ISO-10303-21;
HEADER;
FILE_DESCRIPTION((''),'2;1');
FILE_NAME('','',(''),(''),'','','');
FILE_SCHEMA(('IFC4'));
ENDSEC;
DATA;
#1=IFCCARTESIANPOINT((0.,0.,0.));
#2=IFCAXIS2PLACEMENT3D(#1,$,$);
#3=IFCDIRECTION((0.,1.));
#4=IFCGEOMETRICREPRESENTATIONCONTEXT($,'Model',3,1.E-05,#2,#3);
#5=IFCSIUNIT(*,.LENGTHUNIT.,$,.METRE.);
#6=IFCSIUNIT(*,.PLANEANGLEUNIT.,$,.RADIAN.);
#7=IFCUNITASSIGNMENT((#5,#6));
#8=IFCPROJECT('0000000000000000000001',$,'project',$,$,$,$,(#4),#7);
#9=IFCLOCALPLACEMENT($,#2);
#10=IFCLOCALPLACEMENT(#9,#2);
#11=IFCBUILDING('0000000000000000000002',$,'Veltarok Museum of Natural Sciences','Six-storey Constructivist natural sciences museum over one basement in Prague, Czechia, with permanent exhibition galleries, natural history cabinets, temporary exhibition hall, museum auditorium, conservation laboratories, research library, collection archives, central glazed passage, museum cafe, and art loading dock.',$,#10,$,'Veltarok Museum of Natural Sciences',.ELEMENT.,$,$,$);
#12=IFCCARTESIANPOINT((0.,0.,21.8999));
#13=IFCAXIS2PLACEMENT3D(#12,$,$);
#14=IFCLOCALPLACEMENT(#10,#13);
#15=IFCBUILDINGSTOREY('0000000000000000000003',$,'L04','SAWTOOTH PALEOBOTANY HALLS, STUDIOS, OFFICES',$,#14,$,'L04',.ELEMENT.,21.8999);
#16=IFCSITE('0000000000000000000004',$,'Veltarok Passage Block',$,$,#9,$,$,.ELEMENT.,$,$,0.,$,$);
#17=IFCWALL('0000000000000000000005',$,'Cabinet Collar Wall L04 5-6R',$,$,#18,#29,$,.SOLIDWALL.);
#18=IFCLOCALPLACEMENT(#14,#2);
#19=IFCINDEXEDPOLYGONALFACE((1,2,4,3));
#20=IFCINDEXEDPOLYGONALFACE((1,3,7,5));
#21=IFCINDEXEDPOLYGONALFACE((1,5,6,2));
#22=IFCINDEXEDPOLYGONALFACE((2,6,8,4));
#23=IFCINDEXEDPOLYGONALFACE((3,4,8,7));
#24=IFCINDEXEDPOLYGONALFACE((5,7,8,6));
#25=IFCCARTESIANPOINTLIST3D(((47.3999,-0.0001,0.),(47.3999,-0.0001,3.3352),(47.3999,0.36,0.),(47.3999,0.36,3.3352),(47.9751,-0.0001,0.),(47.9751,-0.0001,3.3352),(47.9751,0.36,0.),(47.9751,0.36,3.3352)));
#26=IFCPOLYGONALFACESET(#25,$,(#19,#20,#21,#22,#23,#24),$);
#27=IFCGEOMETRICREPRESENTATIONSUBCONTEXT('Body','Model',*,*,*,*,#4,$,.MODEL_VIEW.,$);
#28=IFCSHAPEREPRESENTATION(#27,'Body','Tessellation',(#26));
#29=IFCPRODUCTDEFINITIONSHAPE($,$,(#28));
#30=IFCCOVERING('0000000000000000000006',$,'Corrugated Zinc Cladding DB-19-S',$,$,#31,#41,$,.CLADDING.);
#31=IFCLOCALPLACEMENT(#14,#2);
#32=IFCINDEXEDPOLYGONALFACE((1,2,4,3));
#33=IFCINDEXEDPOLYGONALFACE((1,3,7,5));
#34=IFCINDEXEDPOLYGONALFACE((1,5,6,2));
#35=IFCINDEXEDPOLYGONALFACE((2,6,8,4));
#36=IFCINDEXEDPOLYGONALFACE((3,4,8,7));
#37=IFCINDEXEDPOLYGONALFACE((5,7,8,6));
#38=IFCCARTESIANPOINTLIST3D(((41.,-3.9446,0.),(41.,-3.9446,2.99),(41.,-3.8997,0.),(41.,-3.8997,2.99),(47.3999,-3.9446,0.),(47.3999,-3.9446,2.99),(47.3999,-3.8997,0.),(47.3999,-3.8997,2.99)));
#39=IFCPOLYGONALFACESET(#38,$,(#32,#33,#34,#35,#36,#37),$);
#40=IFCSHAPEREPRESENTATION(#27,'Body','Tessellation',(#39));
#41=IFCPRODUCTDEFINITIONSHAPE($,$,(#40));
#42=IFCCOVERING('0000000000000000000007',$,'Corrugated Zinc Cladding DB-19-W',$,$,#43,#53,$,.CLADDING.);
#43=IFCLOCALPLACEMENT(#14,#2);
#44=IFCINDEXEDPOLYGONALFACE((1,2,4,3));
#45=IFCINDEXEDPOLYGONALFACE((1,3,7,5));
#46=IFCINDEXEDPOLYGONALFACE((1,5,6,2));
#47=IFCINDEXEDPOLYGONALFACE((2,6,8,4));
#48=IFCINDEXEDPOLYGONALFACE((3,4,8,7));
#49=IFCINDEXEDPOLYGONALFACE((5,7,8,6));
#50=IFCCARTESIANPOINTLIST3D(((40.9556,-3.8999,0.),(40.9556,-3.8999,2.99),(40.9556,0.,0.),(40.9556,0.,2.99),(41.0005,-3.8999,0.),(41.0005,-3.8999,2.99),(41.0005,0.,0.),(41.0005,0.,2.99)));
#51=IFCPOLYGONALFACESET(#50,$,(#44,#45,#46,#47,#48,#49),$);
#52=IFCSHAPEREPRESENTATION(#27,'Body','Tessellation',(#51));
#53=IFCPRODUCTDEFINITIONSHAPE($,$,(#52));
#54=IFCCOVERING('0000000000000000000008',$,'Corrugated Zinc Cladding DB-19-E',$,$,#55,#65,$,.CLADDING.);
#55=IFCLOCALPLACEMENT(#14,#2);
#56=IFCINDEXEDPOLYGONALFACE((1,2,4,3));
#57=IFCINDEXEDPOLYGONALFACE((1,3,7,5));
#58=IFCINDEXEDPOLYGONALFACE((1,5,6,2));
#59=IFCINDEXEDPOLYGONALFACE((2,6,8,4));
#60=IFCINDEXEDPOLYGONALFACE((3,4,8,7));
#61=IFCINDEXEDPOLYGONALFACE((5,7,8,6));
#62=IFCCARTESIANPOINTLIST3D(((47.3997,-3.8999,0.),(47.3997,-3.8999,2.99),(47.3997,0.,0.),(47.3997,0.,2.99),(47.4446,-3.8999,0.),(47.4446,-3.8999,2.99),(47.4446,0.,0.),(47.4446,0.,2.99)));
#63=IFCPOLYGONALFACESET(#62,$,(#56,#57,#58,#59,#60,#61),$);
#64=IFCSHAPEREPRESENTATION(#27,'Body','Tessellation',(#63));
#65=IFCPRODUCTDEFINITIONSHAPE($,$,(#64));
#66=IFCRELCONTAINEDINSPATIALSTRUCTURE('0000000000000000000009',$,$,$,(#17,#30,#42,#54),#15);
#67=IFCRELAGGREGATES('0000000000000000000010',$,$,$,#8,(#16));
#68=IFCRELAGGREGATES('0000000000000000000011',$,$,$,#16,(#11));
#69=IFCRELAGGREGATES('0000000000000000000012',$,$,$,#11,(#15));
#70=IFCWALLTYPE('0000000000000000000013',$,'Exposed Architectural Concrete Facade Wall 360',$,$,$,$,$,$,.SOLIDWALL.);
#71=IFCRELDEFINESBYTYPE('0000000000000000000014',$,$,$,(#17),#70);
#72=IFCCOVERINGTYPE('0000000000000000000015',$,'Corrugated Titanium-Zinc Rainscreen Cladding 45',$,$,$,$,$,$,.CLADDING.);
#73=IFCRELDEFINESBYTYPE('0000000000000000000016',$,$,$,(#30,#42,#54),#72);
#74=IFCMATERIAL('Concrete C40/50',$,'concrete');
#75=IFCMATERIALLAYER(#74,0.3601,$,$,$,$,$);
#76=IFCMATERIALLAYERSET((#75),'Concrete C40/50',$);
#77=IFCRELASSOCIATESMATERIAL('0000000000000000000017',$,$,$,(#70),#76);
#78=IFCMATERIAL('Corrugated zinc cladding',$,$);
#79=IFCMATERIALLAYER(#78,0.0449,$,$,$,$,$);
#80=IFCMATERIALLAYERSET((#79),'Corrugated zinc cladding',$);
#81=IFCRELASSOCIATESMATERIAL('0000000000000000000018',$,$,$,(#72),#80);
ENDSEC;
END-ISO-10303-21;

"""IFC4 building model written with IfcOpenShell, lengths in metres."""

from ifc_helpers import new_model, si_unit, direction, frame, frame_2d, origin, place, context, subcontext, project, spatial, rectangle, extrude, material, layer, layer_set, type_object, element, save


model = new_model("IFC4")

# Units and contexts
model_context = context("Model", 3, precision=1e-05, world=origin(), true_north=direction((0.0, 1.0)))
body_context = subcontext(model_context, "Body", "Model", "MODEL_VIEW")
ifc_project = project(units=[si_unit("LENGTHUNIT", "METRE"), si_unit("PLANEANGLEUNIT", "RADIAN")], contexts=[model_context])

# Site, building, storey
site_placement = place(None, origin())
site = spatial("IfcSite", under=ifc_project, at=site_placement, Name="Veltarok Passage Block", CompositionType="ELEMENT", RefElevation=0.0)
building_placement = place(site_placement, origin())
building = spatial("IfcBuilding", under=site, at=building_placement, Name="Veltarok Museum of Natural Sciences", Description="Six-storey Constructivist natural sciences museum over one basement in Prague, Czechia, with permanent exhibition galleries, natural history cabinets, temporary exhibition hall, museum auditorium, conservation laboratories, research library, collection archives, central glazed passage, museum cafe, and art loading dock.", LongName="Veltarok Museum of Natural Sciences", CompositionType="ELEMENT")
storey_placement = place(building_placement, frame((0.0, 0.0, 21.8999)))
storey = spatial("IfcBuildingStorey", under=building, at=storey_placement, Name="L04", Description="SAWTOOTH PALEOBOTANY HALLS, STUDIOS, OFFICES", LongName="L04", CompositionType="ELEMENT", Elevation=21.8999)

# Shared definitions
ifc_material_1 = material(Name="Concrete C40/50", Category="concrete")

# Wall
ifc_layer_1 = layer(ifc_material_1, 0.3601)
ifc_layer_set_1 = layer_set([ifc_layer_1], Name="Concrete C40/50")
wall_type_1 = type_object("IfcWallType", Name="Exposed Architectural Concrete Facade Wall 360", PredefinedType="SOLIDWALL", material=ifc_layer_set_1)
wall_1_placement = place(storey_placement, frame((47.3999, 0.1799, 0.0), z_axis=(0.0, 0.0, 1.0), x_axis=(1.0, 0.0, 0.0)))
element("IfcWall", 1, at=wall_1_placement, inside=storey, type_object=wall_type_1, Name="Cabinet Collar Wall L04 5-6R", PredefinedType="SOLIDWALL", context=body_context, shape_type="SweptSolid", body=[
    extrude(rectangle(XDim=0.5752, YDim=0.3601, at=frame_2d((0.2876, 0.0))), origin(), (0.0, 0.0, 1.0), 3.3352),
])

# Coverings
ifc_material_2 = material(Name="Corrugated zinc cladding")
ifc_layer_2 = layer(ifc_material_2, 0.0449)
ifc_layer_set_2 = layer_set([ifc_layer_2], Name="Corrugated zinc cladding")
covering_type = type_object("IfcCoveringType", Name="Corrugated Titanium-Zinc Rainscreen Cladding 45", PredefinedType="CLADDING", material=ifc_layer_set_2)
covering_placement = place(storey_placement, frame((41.0, -3.9221, 0.0), z_axis=(0.0, 0.0, 1.0), x_axis=(1.0, 0.0, 0.0)))
element("IfcCovering", 2, at=covering_placement, inside=storey, type_object=covering_type, Name="Corrugated Zinc Cladding DB-19-S", PredefinedType="CLADDING", context=body_context, shape_type="SweptSolid", body=[
    extrude(rectangle(XDim=6.3999, YDim=0.0449, at=frame_2d((3.2, 0.0))), origin(), (0.0, 0.0, 1.0), 2.99),
])
for number, where, z_axis, x_axis, name in (
    (3, (40.978, 0.0, 0.0), (0.0, 0.0, 1.0), (0.0, -1.0, 0.0), "Corrugated Zinc Cladding DB-19-W"),
    (4, (47.4221, -3.8999, 0.0), (0.0, 0.0, 1.0), (0.0, 1.0, 0.0), "Corrugated Zinc Cladding DB-19-E"),
):
    element("IfcCovering", number, at=place(storey_placement, frame(where, z_axis=z_axis, x_axis=x_axis)), inside=storey, type_object=covering_type, Name=name, PredefinedType="CLADDING", context=body_context, shape_type="SweptSolid", body=[
        extrude(rectangle(XDim=3.8999, YDim=0.0449, at=frame_2d((1.95, 0.0))), origin(), (0.0, 0.0, 1.0), 2.99),
    ])

save(model, "model.ifc")
